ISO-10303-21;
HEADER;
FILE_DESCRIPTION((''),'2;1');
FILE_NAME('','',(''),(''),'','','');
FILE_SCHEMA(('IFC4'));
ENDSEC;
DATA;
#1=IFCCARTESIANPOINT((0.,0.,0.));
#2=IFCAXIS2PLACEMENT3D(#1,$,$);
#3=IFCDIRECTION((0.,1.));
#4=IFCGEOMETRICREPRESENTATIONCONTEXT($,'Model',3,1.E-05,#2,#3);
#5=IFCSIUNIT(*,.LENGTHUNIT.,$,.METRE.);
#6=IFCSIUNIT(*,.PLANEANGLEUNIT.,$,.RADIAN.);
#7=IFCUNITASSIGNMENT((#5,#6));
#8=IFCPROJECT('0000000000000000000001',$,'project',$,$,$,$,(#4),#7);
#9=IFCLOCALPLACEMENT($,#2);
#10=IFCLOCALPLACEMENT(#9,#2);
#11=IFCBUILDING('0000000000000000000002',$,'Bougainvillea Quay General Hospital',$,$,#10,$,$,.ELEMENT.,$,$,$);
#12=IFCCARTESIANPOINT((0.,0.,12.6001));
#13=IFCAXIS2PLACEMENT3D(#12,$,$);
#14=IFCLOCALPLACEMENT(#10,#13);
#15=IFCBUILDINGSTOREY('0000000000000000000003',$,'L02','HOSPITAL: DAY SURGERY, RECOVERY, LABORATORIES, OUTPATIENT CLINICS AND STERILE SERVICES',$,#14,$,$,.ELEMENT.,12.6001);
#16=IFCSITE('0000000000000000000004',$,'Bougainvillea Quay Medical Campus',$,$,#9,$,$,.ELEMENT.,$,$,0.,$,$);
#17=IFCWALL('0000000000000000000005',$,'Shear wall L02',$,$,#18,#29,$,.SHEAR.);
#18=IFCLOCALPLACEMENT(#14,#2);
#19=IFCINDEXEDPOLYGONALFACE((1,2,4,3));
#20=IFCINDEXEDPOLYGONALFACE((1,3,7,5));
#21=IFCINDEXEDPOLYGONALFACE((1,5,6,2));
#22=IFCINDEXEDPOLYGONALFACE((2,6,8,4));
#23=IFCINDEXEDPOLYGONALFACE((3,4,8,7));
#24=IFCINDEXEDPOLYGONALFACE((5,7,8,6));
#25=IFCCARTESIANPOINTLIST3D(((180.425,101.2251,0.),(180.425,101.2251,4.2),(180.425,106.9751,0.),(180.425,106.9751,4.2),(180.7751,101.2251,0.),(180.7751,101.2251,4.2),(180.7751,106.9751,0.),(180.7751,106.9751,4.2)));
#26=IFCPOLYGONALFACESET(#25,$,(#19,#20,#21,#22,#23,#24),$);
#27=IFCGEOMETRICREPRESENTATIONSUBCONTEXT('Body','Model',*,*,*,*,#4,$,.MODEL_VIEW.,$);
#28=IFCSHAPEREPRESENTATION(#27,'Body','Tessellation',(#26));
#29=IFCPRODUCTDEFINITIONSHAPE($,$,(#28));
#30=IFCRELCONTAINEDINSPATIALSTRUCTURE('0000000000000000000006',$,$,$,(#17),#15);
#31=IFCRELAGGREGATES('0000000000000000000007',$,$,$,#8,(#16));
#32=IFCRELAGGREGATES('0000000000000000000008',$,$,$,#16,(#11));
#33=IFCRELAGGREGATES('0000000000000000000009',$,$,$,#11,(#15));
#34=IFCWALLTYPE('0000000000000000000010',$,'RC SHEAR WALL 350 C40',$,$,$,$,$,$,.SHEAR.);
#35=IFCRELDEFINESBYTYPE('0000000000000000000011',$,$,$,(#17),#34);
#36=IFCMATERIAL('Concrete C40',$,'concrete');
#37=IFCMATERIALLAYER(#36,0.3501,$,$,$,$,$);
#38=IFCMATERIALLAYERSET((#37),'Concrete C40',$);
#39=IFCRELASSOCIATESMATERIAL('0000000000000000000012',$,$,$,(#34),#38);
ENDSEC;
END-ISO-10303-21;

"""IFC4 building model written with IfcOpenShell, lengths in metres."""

from ifc_helpers import new_model, si_unit, direction, frame, frame_2d, origin, place, context, subcontext, project, spatial, rectangle, extrude, material, layer, layer_set, type_object, element, save


model = new_model("IFC4")

# Units and contexts
model_context = context("Model", 3, precision=1e-05, world=origin(), true_north=direction((0.0, 1.0)))
body_context = subcontext(model_context, "Body", "Model", "MODEL_VIEW")
ifc_project = project(units=[si_unit("LENGTHUNIT", "METRE"), si_unit("PLANEANGLEUNIT", "RADIAN")], contexts=[model_context])

# Site, building, storey
site_placement = place(None, origin())
site = spatial("IfcSite", under=ifc_project, at=site_placement, Name="Bougainvillea Quay Medical Campus", CompositionType="ELEMENT", RefElevation=0.0)
building_placement = place(site_placement, origin())
building = spatial("IfcBuilding", under=site, at=building_placement, Name="Bougainvillea Quay General Hospital", CompositionType="ELEMENT")
storey_placement = place(building_placement, frame((0.0, 0.0, 12.6001)))
storey = spatial("IfcBuildingStorey", under=building, at=storey_placement, Name="L02", Description="HOSPITAL: DAY SURGERY, RECOVERY, LABORATORIES, OUTPATIENT CLINICS AND STERILE SERVICES", CompositionType="ELEMENT", Elevation=12.6001)

# Shared definitions
ifc_material_1 = material(Name="Concrete C40", Category="concrete")

# Shared definitions
ifc_layer_1 = layer(ifc_material_1, 0.3501)
ifc_layer_set_1 = layer_set([ifc_layer_1], Name="Concrete C40")
wall_type_1 = type_object("IfcWallType", Name="RC SHEAR WALL 350 C40", PredefinedType="SHEAR", material=ifc_layer_set_1)

# Wall
wall_1_placement = place(storey_placement, frame((180.6001, 101.2251, 0.0), z_axis=(0.0, 0.0, 1.0), x_axis=(0.0, 1.0, 0.0)))
element("IfcWall", 1, at=wall_1_placement, inside=storey, type_object=wall_type_1, Name="Shear wall L02", PredefinedType="SHEAR", context=body_context, shape_type="SweptSolid", body=[
    extrude(rectangle(XDim=5.75, YDim=0.3501, at=frame_2d((2.875, 0.0))), origin(), (0.0, 0.0, 1.0), 4.2),
])

save(model, "model.ifc")
